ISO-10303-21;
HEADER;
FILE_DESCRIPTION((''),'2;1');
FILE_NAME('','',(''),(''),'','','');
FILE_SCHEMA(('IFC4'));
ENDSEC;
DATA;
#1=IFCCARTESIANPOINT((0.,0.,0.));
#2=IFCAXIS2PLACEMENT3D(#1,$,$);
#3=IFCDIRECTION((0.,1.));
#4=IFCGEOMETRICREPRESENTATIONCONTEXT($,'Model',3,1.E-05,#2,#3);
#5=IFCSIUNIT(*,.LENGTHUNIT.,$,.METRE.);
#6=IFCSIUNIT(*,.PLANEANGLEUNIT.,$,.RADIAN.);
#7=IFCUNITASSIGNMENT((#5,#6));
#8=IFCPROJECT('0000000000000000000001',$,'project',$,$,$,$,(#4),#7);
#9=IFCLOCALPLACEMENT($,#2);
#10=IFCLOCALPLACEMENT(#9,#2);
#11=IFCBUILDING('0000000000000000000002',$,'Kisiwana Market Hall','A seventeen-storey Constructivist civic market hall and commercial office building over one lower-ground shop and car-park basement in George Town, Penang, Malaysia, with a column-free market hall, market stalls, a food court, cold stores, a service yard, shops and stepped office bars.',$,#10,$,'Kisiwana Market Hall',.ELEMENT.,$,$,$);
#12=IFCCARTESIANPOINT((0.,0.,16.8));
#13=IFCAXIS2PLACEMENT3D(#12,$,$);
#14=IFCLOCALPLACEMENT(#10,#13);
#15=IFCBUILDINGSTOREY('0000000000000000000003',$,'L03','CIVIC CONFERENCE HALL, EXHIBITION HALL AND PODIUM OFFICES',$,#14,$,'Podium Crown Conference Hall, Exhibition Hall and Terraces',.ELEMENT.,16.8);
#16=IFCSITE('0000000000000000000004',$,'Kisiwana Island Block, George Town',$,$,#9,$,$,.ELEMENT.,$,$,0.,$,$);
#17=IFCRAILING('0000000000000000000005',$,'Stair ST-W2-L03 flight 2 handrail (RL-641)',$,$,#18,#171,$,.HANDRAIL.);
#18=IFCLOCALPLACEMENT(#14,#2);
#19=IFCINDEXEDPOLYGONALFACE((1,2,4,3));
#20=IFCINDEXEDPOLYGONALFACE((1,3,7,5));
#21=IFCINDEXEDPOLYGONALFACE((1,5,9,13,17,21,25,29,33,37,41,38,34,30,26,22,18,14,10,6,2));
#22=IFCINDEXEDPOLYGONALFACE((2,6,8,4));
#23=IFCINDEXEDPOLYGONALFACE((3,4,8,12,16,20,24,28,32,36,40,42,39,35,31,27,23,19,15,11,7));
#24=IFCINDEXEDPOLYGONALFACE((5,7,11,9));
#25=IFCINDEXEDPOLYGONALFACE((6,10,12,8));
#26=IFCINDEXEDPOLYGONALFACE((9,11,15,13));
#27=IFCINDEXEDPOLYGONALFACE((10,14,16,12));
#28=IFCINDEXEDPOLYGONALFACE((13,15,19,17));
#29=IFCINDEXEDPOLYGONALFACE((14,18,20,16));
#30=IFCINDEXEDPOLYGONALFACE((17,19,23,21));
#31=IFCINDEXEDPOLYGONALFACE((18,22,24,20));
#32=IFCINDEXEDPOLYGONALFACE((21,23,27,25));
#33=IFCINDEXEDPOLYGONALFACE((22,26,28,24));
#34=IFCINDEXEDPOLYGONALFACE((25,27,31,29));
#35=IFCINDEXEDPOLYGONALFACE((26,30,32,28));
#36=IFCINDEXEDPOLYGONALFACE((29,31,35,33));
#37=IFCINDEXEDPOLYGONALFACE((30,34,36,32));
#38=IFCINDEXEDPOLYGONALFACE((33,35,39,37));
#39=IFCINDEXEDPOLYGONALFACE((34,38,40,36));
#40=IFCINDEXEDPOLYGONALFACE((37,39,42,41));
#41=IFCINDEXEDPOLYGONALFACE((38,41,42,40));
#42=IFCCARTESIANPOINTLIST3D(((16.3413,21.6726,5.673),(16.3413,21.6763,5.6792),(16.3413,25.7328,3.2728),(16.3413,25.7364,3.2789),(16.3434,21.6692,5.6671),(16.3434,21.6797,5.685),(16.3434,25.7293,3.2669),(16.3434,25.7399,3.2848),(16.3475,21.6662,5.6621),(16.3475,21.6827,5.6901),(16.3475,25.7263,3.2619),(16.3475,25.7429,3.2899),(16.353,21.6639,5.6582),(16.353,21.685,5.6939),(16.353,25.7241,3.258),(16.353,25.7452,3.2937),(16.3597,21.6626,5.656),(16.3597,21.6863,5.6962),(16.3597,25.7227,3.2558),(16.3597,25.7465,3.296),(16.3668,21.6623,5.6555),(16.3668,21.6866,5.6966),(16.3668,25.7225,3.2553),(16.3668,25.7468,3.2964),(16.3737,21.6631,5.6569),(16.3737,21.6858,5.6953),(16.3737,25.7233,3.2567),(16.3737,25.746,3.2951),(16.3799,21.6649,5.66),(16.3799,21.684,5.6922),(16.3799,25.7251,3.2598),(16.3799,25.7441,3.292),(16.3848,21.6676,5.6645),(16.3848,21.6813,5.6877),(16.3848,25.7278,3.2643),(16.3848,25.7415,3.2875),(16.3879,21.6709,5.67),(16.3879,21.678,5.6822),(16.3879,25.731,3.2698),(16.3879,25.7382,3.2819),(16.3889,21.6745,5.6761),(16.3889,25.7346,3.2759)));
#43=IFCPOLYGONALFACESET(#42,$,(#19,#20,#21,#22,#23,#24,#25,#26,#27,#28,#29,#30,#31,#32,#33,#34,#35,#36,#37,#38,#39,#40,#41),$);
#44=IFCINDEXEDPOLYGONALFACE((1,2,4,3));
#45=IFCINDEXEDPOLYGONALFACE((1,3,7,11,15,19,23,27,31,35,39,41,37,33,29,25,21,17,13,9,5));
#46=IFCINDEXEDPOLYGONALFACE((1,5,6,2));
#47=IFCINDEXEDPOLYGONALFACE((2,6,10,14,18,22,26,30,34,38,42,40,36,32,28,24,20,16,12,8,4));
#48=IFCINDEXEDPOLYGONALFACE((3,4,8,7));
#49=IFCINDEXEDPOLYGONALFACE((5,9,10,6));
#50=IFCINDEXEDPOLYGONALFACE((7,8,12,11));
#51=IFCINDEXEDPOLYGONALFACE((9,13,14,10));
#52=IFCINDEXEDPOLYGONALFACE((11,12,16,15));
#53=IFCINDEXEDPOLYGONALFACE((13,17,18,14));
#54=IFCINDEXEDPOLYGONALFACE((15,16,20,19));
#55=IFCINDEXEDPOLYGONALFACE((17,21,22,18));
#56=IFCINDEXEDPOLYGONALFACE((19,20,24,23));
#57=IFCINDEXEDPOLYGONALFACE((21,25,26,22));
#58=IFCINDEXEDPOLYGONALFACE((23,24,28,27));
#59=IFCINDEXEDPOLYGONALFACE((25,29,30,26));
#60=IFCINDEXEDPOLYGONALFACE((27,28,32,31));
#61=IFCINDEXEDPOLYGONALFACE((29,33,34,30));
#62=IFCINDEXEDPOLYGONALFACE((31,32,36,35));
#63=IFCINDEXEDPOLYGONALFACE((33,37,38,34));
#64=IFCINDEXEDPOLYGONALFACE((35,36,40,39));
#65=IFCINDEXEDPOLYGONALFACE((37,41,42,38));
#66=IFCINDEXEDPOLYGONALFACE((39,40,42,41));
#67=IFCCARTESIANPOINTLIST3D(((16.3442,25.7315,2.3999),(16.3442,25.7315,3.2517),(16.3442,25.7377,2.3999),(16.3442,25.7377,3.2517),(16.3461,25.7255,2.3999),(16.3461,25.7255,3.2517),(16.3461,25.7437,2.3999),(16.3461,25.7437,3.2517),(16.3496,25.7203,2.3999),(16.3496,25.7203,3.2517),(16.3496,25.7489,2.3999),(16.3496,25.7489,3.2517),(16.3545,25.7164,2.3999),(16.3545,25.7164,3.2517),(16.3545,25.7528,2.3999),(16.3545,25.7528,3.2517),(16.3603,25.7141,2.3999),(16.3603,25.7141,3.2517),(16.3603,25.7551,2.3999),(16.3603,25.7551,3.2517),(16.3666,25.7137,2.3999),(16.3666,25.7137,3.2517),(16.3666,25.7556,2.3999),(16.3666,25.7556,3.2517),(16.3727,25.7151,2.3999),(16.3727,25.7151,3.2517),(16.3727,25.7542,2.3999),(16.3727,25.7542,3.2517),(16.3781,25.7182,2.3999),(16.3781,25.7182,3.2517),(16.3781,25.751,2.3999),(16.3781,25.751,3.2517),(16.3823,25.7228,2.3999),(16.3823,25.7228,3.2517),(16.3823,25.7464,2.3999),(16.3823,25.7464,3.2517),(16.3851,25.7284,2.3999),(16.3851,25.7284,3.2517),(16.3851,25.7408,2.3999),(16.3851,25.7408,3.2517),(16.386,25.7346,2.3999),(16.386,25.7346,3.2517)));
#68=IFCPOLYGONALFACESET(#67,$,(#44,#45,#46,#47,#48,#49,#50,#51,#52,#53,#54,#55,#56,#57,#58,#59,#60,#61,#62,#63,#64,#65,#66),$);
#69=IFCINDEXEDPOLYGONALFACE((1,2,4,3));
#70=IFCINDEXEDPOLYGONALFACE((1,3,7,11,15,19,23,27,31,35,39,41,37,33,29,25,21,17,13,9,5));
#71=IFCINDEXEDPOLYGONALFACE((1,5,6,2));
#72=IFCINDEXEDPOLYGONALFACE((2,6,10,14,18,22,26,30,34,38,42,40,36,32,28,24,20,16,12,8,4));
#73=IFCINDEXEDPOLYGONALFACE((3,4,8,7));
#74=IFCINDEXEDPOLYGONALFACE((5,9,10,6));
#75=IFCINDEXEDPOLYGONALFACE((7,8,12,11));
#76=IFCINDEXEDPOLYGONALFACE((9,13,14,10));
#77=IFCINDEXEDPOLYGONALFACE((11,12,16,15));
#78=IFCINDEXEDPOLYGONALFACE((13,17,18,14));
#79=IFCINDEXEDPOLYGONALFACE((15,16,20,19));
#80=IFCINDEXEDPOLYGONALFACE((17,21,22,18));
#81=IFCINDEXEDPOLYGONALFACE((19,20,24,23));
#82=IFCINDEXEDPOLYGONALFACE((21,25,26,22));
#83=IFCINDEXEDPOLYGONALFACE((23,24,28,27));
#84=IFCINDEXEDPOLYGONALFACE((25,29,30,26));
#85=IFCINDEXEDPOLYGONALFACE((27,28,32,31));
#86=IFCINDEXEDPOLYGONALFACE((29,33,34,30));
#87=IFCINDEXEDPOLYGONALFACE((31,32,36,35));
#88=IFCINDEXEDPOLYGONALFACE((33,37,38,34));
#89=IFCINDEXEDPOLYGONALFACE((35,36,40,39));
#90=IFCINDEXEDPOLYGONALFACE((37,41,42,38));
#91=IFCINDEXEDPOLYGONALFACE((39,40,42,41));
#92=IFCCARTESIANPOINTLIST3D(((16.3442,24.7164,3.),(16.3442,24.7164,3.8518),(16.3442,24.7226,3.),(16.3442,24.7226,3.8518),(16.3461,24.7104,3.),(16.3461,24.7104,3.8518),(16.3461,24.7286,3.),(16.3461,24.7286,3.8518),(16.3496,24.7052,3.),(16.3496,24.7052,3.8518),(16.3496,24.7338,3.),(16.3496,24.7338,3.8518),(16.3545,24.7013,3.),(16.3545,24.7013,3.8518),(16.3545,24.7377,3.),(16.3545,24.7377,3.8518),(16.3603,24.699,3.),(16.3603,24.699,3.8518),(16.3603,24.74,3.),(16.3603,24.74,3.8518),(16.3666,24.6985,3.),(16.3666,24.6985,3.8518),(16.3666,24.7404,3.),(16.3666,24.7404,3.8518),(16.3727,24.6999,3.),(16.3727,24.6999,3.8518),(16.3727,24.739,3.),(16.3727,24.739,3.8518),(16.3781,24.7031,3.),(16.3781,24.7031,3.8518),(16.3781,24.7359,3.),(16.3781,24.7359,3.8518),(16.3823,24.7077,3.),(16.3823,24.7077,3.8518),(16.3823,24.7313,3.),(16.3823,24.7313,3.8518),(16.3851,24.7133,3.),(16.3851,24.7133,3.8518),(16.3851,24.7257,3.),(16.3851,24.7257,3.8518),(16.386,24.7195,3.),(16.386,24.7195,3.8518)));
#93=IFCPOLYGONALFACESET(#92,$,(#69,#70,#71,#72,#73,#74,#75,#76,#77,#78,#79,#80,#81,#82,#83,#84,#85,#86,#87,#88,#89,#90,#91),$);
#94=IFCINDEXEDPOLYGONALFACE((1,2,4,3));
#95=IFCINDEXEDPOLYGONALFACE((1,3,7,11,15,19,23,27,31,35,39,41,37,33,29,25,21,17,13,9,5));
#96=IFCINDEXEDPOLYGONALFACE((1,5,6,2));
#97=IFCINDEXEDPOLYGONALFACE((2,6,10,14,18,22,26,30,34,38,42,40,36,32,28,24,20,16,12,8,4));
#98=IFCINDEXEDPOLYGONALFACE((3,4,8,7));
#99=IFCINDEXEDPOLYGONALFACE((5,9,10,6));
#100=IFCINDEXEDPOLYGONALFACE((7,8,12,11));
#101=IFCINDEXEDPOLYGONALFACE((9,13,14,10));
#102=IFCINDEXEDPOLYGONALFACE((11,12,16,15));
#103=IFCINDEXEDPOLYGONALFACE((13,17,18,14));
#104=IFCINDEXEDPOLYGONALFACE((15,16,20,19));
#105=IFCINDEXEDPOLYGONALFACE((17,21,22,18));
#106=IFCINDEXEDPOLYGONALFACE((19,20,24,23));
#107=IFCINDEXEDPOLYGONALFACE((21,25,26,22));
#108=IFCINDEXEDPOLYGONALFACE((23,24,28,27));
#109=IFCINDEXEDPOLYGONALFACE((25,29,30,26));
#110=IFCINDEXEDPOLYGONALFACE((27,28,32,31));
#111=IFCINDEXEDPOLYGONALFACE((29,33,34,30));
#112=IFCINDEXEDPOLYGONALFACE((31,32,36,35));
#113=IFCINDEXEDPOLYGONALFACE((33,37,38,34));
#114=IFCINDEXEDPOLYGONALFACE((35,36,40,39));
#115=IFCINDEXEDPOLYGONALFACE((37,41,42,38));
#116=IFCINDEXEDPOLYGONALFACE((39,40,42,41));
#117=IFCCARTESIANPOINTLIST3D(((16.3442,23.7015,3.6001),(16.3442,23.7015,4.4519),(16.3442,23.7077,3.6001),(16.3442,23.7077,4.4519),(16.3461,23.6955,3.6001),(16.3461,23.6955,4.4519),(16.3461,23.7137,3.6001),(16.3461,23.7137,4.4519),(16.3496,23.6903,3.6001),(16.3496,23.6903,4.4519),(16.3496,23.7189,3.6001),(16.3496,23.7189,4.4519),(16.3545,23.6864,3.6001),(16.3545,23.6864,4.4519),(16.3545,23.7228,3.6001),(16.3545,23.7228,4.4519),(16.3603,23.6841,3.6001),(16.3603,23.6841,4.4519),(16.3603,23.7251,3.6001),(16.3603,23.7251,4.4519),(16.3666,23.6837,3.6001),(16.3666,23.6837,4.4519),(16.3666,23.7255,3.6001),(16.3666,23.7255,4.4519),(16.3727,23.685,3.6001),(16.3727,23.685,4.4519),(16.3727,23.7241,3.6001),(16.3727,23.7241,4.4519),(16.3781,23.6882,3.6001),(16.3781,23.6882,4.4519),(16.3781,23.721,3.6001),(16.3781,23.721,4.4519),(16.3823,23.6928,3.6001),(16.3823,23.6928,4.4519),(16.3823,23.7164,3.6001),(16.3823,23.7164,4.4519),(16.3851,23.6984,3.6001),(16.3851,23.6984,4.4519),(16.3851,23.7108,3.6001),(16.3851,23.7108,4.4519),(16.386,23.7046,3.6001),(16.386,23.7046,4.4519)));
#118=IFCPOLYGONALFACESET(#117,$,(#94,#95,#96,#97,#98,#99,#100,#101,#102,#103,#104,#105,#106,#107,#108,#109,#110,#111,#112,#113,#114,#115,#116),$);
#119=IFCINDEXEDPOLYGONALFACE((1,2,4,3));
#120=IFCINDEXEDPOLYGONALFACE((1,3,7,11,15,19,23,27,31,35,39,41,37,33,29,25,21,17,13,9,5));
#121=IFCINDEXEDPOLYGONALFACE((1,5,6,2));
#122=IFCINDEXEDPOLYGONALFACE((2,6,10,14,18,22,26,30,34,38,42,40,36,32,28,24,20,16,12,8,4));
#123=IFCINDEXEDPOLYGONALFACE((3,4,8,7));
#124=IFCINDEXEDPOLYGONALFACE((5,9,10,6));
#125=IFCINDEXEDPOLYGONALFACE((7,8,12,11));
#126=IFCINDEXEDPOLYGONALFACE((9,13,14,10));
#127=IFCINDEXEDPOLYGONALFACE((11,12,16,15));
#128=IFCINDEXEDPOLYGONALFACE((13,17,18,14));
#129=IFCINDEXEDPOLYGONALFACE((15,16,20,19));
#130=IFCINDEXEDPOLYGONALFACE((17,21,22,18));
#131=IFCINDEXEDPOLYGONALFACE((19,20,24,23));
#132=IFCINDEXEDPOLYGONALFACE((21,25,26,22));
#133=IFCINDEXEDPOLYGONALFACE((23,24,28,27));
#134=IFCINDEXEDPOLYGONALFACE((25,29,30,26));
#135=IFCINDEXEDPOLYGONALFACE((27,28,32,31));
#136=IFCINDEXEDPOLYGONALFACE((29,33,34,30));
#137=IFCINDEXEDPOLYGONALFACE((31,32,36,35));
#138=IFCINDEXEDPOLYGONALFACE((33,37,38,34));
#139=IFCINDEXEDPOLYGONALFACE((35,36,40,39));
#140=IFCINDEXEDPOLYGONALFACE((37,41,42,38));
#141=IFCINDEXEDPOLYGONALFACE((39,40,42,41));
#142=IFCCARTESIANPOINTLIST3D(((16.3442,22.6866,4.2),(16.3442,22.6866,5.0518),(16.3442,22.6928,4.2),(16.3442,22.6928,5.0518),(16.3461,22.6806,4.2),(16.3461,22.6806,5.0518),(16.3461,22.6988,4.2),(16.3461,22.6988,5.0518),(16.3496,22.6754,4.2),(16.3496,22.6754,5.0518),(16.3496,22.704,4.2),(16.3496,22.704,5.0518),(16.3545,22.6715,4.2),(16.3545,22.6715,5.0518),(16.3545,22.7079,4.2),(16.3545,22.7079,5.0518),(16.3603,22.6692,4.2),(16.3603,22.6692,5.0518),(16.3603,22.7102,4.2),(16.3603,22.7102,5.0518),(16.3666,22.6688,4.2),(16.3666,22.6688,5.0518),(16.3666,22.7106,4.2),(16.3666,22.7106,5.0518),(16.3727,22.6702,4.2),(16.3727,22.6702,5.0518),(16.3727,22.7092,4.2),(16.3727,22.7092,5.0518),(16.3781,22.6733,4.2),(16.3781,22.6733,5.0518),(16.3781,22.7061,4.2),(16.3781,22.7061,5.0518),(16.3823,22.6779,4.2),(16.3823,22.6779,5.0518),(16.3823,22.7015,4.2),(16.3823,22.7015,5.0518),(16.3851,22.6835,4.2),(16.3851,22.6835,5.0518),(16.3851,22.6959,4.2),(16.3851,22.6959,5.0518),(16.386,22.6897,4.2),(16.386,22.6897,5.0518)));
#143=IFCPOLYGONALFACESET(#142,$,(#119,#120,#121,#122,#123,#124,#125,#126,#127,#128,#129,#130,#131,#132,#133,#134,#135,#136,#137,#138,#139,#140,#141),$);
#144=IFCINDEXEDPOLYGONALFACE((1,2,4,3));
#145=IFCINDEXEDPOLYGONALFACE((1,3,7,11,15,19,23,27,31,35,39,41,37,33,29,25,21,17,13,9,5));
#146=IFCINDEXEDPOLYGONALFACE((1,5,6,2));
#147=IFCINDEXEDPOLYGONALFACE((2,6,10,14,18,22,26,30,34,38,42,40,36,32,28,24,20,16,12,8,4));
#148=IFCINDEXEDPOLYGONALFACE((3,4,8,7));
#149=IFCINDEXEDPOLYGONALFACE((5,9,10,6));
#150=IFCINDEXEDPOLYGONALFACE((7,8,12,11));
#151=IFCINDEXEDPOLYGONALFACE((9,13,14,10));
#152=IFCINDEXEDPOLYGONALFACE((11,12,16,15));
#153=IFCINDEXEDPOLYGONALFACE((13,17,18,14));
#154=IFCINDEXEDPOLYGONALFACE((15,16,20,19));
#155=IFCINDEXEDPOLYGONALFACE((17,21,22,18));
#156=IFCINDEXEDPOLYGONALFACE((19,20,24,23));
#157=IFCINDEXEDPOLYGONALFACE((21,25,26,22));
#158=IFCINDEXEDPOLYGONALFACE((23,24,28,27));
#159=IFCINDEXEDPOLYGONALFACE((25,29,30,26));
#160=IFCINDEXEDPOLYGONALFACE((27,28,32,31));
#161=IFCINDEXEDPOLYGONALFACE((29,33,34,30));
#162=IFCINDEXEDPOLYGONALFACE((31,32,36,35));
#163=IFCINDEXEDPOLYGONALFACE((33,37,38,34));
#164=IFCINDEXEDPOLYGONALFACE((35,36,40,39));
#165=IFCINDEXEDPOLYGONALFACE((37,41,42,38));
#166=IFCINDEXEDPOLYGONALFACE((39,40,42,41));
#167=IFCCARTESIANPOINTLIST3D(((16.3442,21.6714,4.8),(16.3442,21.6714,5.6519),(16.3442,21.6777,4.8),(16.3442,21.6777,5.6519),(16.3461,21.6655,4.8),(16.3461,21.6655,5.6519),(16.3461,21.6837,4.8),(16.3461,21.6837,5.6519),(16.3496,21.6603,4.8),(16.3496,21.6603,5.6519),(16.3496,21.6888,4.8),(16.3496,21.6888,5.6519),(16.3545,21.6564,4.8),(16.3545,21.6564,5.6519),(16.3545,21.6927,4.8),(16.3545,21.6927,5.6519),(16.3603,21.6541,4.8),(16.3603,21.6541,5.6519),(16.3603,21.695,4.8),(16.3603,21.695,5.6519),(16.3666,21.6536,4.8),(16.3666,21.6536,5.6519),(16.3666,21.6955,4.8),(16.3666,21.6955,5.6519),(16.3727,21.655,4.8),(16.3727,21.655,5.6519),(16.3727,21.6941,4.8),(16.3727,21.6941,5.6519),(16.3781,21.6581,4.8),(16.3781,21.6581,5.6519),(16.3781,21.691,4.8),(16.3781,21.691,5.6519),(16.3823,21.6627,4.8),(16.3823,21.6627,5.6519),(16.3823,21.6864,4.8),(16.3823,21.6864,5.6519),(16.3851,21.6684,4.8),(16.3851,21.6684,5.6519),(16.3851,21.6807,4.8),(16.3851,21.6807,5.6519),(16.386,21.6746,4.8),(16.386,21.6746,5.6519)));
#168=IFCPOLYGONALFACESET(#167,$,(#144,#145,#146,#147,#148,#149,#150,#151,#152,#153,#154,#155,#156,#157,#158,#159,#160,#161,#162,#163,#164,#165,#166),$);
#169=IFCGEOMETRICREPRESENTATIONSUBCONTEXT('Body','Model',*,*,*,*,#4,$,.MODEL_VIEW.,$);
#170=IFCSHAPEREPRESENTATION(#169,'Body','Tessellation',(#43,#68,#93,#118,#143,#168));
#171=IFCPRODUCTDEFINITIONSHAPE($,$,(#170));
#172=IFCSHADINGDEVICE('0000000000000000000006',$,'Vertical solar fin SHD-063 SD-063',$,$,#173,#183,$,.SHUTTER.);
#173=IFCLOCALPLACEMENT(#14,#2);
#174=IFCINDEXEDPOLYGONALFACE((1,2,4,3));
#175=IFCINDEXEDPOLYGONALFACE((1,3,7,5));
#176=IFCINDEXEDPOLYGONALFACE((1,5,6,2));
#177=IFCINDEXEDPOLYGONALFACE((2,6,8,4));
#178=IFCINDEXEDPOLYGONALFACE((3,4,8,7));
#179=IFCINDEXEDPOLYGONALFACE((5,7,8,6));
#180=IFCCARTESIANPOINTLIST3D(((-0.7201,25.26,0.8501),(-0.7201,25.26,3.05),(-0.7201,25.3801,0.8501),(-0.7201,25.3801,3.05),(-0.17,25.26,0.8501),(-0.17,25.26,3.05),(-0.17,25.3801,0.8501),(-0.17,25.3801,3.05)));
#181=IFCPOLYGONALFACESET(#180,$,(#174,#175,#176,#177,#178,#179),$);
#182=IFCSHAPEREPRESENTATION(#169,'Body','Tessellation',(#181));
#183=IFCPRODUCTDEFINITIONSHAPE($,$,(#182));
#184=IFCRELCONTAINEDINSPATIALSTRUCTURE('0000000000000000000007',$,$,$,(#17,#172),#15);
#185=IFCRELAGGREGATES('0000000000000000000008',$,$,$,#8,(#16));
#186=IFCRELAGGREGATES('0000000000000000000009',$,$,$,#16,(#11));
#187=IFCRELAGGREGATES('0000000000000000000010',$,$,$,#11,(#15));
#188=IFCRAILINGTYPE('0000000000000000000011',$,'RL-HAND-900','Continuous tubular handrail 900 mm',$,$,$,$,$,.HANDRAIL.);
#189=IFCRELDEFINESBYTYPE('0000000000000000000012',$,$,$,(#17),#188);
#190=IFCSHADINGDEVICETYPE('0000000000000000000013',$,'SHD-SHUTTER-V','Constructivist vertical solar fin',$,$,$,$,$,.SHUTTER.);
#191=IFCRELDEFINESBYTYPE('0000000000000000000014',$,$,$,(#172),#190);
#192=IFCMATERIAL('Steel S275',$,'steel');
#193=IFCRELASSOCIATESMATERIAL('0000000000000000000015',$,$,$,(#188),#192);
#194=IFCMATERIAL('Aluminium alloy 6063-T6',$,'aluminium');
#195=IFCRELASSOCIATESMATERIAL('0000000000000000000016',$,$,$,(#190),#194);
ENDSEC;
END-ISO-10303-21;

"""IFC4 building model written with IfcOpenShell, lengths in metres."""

from ifc_helpers import new_model, si_unit, direction, frame, origin, origin_2d, place, context, subcontext, project, spatial, rectangle, circle, extrude, material, type_object, element, save


model = new_model("IFC4")

# Units and contexts
model_context = context("Model", 3, precision=1e-05, world=origin(), true_north=direction((0.0, 1.0)))
body_context = subcontext(model_context, "Body", "Model", "MODEL_VIEW")
ifc_project = project(units=[si_unit("LENGTHUNIT", "METRE"), si_unit("PLANEANGLEUNIT", "RADIAN")], contexts=[model_context])

# Site, building, storey
site_placement = place(None, origin())
site = spatial("IfcSite", under=ifc_project, at=site_placement, Name="Kisiwana Island Block, George Town", CompositionType="ELEMENT", RefElevation=0.0)
building_placement = place(site_placement, origin())
building = spatial("IfcBuilding", under=site, at=building_placement, Name="Kisiwana Market Hall", Description="A seventeen-storey Constructivist civic market hall and commercial office building over one lower-ground shop and car-park basement in George Town, Penang, Malaysia, with a column-free market hall, market stalls, a food court, cold stores, a service yard, shops and stepped office bars.", LongName="Kisiwana Market Hall", CompositionType="ELEMENT")
storey_placement = place(building_placement, frame((0.0, 0.0, 16.8)))
storey = spatial("IfcBuildingStorey", under=building, at=storey_placement, Name="L03", Description="CIVIC CONFERENCE HALL, EXHIBITION HALL AND PODIUM OFFICES", LongName="Podium Crown Conference Hall, Exhibition Hall and Terraces", CompositionType="ELEMENT", Elevation=16.8)

# Railing
ifc_material_1 = material(Name="Steel S275", Category="steel")
railing_type_1 = type_object("IfcRailingType", Name="RL-HAND-900", Description="Continuous tubular handrail 900 mm", PredefinedType="HANDRAIL", material=ifc_material_1)
railing_1_placement = place(storey_placement, frame((16.365, 25.7346, 2.3999)))
element("IfcRailing", 1, at=railing_1_placement, inside=storey, type_object=railing_type_1, Name="Stair ST-W2-L03 flight 2 handrail (RL-641)", PredefinedType="HANDRAIL", context=body_context, shape_type="SweptSolid", body=[
    extrude(circle(Radius=0.0239, at=origin_2d()), frame((0.0, 0.0, 0.876), z_axis=(0.0, -0.860832, 0.50889), x_axis=(1.0, 0.0, 0.0)), (0.0, 0.0, 1.0), 4.7166),
    extrude(circle(Radius=0.021, at=origin_2d()), origin(), (0.0, 0.0, 1.0), 0.8518),
    extrude(circle(Radius=0.021, at=origin_2d()), frame((0.0, -1.0151, 0.6001)), (0.0, 0.0, 1.0), 0.8518),
    extrude(circle(Radius=0.021, at=origin_2d()), frame((0.0, -2.03, 1.2002)), (0.0, 0.0, 1.0), 0.8518),
    extrude(circle(Radius=0.021, at=origin_2d()), frame((0.0, -3.0449, 1.8)), (0.0, 0.0, 1.0), 0.8518),
    extrude(circle(Radius=0.021, at=origin_2d()), frame((0.0, -4.0601, 2.4001)), (0.0, 0.0, 1.0), 0.8518),
])

# Shading device
ifc_material_2 = material(Name="Aluminium alloy 6063-T6", Category="aluminium")
shading_device_type = type_object("IfcShadingDeviceType", Name="SHD-SHUTTER-V", Description="Constructivist vertical solar fin", PredefinedType="SHUTTER", material=ifc_material_2)
shading_device_placement = place(storey_placement, frame((-0.4451, 25.3201, 0.8501), z_axis=(0.0, 0.0, 1.0), x_axis=(0.0, 1.0, 0.0)))
element("IfcShadingDevice", 2, at=shading_device_placement, inside=storey, type_object=shading_device_type, Name="Vertical solar fin SHD-063 SD-063", PredefinedType="SHUTTER", context=body_context, shape_type="SweptSolid", body=[
    extrude(rectangle(XDim=0.1201, YDim=0.55, at=origin_2d()), origin(), (0.0, 0.0, 1.0), 2.2),
])

save(model, "model.ifc")
